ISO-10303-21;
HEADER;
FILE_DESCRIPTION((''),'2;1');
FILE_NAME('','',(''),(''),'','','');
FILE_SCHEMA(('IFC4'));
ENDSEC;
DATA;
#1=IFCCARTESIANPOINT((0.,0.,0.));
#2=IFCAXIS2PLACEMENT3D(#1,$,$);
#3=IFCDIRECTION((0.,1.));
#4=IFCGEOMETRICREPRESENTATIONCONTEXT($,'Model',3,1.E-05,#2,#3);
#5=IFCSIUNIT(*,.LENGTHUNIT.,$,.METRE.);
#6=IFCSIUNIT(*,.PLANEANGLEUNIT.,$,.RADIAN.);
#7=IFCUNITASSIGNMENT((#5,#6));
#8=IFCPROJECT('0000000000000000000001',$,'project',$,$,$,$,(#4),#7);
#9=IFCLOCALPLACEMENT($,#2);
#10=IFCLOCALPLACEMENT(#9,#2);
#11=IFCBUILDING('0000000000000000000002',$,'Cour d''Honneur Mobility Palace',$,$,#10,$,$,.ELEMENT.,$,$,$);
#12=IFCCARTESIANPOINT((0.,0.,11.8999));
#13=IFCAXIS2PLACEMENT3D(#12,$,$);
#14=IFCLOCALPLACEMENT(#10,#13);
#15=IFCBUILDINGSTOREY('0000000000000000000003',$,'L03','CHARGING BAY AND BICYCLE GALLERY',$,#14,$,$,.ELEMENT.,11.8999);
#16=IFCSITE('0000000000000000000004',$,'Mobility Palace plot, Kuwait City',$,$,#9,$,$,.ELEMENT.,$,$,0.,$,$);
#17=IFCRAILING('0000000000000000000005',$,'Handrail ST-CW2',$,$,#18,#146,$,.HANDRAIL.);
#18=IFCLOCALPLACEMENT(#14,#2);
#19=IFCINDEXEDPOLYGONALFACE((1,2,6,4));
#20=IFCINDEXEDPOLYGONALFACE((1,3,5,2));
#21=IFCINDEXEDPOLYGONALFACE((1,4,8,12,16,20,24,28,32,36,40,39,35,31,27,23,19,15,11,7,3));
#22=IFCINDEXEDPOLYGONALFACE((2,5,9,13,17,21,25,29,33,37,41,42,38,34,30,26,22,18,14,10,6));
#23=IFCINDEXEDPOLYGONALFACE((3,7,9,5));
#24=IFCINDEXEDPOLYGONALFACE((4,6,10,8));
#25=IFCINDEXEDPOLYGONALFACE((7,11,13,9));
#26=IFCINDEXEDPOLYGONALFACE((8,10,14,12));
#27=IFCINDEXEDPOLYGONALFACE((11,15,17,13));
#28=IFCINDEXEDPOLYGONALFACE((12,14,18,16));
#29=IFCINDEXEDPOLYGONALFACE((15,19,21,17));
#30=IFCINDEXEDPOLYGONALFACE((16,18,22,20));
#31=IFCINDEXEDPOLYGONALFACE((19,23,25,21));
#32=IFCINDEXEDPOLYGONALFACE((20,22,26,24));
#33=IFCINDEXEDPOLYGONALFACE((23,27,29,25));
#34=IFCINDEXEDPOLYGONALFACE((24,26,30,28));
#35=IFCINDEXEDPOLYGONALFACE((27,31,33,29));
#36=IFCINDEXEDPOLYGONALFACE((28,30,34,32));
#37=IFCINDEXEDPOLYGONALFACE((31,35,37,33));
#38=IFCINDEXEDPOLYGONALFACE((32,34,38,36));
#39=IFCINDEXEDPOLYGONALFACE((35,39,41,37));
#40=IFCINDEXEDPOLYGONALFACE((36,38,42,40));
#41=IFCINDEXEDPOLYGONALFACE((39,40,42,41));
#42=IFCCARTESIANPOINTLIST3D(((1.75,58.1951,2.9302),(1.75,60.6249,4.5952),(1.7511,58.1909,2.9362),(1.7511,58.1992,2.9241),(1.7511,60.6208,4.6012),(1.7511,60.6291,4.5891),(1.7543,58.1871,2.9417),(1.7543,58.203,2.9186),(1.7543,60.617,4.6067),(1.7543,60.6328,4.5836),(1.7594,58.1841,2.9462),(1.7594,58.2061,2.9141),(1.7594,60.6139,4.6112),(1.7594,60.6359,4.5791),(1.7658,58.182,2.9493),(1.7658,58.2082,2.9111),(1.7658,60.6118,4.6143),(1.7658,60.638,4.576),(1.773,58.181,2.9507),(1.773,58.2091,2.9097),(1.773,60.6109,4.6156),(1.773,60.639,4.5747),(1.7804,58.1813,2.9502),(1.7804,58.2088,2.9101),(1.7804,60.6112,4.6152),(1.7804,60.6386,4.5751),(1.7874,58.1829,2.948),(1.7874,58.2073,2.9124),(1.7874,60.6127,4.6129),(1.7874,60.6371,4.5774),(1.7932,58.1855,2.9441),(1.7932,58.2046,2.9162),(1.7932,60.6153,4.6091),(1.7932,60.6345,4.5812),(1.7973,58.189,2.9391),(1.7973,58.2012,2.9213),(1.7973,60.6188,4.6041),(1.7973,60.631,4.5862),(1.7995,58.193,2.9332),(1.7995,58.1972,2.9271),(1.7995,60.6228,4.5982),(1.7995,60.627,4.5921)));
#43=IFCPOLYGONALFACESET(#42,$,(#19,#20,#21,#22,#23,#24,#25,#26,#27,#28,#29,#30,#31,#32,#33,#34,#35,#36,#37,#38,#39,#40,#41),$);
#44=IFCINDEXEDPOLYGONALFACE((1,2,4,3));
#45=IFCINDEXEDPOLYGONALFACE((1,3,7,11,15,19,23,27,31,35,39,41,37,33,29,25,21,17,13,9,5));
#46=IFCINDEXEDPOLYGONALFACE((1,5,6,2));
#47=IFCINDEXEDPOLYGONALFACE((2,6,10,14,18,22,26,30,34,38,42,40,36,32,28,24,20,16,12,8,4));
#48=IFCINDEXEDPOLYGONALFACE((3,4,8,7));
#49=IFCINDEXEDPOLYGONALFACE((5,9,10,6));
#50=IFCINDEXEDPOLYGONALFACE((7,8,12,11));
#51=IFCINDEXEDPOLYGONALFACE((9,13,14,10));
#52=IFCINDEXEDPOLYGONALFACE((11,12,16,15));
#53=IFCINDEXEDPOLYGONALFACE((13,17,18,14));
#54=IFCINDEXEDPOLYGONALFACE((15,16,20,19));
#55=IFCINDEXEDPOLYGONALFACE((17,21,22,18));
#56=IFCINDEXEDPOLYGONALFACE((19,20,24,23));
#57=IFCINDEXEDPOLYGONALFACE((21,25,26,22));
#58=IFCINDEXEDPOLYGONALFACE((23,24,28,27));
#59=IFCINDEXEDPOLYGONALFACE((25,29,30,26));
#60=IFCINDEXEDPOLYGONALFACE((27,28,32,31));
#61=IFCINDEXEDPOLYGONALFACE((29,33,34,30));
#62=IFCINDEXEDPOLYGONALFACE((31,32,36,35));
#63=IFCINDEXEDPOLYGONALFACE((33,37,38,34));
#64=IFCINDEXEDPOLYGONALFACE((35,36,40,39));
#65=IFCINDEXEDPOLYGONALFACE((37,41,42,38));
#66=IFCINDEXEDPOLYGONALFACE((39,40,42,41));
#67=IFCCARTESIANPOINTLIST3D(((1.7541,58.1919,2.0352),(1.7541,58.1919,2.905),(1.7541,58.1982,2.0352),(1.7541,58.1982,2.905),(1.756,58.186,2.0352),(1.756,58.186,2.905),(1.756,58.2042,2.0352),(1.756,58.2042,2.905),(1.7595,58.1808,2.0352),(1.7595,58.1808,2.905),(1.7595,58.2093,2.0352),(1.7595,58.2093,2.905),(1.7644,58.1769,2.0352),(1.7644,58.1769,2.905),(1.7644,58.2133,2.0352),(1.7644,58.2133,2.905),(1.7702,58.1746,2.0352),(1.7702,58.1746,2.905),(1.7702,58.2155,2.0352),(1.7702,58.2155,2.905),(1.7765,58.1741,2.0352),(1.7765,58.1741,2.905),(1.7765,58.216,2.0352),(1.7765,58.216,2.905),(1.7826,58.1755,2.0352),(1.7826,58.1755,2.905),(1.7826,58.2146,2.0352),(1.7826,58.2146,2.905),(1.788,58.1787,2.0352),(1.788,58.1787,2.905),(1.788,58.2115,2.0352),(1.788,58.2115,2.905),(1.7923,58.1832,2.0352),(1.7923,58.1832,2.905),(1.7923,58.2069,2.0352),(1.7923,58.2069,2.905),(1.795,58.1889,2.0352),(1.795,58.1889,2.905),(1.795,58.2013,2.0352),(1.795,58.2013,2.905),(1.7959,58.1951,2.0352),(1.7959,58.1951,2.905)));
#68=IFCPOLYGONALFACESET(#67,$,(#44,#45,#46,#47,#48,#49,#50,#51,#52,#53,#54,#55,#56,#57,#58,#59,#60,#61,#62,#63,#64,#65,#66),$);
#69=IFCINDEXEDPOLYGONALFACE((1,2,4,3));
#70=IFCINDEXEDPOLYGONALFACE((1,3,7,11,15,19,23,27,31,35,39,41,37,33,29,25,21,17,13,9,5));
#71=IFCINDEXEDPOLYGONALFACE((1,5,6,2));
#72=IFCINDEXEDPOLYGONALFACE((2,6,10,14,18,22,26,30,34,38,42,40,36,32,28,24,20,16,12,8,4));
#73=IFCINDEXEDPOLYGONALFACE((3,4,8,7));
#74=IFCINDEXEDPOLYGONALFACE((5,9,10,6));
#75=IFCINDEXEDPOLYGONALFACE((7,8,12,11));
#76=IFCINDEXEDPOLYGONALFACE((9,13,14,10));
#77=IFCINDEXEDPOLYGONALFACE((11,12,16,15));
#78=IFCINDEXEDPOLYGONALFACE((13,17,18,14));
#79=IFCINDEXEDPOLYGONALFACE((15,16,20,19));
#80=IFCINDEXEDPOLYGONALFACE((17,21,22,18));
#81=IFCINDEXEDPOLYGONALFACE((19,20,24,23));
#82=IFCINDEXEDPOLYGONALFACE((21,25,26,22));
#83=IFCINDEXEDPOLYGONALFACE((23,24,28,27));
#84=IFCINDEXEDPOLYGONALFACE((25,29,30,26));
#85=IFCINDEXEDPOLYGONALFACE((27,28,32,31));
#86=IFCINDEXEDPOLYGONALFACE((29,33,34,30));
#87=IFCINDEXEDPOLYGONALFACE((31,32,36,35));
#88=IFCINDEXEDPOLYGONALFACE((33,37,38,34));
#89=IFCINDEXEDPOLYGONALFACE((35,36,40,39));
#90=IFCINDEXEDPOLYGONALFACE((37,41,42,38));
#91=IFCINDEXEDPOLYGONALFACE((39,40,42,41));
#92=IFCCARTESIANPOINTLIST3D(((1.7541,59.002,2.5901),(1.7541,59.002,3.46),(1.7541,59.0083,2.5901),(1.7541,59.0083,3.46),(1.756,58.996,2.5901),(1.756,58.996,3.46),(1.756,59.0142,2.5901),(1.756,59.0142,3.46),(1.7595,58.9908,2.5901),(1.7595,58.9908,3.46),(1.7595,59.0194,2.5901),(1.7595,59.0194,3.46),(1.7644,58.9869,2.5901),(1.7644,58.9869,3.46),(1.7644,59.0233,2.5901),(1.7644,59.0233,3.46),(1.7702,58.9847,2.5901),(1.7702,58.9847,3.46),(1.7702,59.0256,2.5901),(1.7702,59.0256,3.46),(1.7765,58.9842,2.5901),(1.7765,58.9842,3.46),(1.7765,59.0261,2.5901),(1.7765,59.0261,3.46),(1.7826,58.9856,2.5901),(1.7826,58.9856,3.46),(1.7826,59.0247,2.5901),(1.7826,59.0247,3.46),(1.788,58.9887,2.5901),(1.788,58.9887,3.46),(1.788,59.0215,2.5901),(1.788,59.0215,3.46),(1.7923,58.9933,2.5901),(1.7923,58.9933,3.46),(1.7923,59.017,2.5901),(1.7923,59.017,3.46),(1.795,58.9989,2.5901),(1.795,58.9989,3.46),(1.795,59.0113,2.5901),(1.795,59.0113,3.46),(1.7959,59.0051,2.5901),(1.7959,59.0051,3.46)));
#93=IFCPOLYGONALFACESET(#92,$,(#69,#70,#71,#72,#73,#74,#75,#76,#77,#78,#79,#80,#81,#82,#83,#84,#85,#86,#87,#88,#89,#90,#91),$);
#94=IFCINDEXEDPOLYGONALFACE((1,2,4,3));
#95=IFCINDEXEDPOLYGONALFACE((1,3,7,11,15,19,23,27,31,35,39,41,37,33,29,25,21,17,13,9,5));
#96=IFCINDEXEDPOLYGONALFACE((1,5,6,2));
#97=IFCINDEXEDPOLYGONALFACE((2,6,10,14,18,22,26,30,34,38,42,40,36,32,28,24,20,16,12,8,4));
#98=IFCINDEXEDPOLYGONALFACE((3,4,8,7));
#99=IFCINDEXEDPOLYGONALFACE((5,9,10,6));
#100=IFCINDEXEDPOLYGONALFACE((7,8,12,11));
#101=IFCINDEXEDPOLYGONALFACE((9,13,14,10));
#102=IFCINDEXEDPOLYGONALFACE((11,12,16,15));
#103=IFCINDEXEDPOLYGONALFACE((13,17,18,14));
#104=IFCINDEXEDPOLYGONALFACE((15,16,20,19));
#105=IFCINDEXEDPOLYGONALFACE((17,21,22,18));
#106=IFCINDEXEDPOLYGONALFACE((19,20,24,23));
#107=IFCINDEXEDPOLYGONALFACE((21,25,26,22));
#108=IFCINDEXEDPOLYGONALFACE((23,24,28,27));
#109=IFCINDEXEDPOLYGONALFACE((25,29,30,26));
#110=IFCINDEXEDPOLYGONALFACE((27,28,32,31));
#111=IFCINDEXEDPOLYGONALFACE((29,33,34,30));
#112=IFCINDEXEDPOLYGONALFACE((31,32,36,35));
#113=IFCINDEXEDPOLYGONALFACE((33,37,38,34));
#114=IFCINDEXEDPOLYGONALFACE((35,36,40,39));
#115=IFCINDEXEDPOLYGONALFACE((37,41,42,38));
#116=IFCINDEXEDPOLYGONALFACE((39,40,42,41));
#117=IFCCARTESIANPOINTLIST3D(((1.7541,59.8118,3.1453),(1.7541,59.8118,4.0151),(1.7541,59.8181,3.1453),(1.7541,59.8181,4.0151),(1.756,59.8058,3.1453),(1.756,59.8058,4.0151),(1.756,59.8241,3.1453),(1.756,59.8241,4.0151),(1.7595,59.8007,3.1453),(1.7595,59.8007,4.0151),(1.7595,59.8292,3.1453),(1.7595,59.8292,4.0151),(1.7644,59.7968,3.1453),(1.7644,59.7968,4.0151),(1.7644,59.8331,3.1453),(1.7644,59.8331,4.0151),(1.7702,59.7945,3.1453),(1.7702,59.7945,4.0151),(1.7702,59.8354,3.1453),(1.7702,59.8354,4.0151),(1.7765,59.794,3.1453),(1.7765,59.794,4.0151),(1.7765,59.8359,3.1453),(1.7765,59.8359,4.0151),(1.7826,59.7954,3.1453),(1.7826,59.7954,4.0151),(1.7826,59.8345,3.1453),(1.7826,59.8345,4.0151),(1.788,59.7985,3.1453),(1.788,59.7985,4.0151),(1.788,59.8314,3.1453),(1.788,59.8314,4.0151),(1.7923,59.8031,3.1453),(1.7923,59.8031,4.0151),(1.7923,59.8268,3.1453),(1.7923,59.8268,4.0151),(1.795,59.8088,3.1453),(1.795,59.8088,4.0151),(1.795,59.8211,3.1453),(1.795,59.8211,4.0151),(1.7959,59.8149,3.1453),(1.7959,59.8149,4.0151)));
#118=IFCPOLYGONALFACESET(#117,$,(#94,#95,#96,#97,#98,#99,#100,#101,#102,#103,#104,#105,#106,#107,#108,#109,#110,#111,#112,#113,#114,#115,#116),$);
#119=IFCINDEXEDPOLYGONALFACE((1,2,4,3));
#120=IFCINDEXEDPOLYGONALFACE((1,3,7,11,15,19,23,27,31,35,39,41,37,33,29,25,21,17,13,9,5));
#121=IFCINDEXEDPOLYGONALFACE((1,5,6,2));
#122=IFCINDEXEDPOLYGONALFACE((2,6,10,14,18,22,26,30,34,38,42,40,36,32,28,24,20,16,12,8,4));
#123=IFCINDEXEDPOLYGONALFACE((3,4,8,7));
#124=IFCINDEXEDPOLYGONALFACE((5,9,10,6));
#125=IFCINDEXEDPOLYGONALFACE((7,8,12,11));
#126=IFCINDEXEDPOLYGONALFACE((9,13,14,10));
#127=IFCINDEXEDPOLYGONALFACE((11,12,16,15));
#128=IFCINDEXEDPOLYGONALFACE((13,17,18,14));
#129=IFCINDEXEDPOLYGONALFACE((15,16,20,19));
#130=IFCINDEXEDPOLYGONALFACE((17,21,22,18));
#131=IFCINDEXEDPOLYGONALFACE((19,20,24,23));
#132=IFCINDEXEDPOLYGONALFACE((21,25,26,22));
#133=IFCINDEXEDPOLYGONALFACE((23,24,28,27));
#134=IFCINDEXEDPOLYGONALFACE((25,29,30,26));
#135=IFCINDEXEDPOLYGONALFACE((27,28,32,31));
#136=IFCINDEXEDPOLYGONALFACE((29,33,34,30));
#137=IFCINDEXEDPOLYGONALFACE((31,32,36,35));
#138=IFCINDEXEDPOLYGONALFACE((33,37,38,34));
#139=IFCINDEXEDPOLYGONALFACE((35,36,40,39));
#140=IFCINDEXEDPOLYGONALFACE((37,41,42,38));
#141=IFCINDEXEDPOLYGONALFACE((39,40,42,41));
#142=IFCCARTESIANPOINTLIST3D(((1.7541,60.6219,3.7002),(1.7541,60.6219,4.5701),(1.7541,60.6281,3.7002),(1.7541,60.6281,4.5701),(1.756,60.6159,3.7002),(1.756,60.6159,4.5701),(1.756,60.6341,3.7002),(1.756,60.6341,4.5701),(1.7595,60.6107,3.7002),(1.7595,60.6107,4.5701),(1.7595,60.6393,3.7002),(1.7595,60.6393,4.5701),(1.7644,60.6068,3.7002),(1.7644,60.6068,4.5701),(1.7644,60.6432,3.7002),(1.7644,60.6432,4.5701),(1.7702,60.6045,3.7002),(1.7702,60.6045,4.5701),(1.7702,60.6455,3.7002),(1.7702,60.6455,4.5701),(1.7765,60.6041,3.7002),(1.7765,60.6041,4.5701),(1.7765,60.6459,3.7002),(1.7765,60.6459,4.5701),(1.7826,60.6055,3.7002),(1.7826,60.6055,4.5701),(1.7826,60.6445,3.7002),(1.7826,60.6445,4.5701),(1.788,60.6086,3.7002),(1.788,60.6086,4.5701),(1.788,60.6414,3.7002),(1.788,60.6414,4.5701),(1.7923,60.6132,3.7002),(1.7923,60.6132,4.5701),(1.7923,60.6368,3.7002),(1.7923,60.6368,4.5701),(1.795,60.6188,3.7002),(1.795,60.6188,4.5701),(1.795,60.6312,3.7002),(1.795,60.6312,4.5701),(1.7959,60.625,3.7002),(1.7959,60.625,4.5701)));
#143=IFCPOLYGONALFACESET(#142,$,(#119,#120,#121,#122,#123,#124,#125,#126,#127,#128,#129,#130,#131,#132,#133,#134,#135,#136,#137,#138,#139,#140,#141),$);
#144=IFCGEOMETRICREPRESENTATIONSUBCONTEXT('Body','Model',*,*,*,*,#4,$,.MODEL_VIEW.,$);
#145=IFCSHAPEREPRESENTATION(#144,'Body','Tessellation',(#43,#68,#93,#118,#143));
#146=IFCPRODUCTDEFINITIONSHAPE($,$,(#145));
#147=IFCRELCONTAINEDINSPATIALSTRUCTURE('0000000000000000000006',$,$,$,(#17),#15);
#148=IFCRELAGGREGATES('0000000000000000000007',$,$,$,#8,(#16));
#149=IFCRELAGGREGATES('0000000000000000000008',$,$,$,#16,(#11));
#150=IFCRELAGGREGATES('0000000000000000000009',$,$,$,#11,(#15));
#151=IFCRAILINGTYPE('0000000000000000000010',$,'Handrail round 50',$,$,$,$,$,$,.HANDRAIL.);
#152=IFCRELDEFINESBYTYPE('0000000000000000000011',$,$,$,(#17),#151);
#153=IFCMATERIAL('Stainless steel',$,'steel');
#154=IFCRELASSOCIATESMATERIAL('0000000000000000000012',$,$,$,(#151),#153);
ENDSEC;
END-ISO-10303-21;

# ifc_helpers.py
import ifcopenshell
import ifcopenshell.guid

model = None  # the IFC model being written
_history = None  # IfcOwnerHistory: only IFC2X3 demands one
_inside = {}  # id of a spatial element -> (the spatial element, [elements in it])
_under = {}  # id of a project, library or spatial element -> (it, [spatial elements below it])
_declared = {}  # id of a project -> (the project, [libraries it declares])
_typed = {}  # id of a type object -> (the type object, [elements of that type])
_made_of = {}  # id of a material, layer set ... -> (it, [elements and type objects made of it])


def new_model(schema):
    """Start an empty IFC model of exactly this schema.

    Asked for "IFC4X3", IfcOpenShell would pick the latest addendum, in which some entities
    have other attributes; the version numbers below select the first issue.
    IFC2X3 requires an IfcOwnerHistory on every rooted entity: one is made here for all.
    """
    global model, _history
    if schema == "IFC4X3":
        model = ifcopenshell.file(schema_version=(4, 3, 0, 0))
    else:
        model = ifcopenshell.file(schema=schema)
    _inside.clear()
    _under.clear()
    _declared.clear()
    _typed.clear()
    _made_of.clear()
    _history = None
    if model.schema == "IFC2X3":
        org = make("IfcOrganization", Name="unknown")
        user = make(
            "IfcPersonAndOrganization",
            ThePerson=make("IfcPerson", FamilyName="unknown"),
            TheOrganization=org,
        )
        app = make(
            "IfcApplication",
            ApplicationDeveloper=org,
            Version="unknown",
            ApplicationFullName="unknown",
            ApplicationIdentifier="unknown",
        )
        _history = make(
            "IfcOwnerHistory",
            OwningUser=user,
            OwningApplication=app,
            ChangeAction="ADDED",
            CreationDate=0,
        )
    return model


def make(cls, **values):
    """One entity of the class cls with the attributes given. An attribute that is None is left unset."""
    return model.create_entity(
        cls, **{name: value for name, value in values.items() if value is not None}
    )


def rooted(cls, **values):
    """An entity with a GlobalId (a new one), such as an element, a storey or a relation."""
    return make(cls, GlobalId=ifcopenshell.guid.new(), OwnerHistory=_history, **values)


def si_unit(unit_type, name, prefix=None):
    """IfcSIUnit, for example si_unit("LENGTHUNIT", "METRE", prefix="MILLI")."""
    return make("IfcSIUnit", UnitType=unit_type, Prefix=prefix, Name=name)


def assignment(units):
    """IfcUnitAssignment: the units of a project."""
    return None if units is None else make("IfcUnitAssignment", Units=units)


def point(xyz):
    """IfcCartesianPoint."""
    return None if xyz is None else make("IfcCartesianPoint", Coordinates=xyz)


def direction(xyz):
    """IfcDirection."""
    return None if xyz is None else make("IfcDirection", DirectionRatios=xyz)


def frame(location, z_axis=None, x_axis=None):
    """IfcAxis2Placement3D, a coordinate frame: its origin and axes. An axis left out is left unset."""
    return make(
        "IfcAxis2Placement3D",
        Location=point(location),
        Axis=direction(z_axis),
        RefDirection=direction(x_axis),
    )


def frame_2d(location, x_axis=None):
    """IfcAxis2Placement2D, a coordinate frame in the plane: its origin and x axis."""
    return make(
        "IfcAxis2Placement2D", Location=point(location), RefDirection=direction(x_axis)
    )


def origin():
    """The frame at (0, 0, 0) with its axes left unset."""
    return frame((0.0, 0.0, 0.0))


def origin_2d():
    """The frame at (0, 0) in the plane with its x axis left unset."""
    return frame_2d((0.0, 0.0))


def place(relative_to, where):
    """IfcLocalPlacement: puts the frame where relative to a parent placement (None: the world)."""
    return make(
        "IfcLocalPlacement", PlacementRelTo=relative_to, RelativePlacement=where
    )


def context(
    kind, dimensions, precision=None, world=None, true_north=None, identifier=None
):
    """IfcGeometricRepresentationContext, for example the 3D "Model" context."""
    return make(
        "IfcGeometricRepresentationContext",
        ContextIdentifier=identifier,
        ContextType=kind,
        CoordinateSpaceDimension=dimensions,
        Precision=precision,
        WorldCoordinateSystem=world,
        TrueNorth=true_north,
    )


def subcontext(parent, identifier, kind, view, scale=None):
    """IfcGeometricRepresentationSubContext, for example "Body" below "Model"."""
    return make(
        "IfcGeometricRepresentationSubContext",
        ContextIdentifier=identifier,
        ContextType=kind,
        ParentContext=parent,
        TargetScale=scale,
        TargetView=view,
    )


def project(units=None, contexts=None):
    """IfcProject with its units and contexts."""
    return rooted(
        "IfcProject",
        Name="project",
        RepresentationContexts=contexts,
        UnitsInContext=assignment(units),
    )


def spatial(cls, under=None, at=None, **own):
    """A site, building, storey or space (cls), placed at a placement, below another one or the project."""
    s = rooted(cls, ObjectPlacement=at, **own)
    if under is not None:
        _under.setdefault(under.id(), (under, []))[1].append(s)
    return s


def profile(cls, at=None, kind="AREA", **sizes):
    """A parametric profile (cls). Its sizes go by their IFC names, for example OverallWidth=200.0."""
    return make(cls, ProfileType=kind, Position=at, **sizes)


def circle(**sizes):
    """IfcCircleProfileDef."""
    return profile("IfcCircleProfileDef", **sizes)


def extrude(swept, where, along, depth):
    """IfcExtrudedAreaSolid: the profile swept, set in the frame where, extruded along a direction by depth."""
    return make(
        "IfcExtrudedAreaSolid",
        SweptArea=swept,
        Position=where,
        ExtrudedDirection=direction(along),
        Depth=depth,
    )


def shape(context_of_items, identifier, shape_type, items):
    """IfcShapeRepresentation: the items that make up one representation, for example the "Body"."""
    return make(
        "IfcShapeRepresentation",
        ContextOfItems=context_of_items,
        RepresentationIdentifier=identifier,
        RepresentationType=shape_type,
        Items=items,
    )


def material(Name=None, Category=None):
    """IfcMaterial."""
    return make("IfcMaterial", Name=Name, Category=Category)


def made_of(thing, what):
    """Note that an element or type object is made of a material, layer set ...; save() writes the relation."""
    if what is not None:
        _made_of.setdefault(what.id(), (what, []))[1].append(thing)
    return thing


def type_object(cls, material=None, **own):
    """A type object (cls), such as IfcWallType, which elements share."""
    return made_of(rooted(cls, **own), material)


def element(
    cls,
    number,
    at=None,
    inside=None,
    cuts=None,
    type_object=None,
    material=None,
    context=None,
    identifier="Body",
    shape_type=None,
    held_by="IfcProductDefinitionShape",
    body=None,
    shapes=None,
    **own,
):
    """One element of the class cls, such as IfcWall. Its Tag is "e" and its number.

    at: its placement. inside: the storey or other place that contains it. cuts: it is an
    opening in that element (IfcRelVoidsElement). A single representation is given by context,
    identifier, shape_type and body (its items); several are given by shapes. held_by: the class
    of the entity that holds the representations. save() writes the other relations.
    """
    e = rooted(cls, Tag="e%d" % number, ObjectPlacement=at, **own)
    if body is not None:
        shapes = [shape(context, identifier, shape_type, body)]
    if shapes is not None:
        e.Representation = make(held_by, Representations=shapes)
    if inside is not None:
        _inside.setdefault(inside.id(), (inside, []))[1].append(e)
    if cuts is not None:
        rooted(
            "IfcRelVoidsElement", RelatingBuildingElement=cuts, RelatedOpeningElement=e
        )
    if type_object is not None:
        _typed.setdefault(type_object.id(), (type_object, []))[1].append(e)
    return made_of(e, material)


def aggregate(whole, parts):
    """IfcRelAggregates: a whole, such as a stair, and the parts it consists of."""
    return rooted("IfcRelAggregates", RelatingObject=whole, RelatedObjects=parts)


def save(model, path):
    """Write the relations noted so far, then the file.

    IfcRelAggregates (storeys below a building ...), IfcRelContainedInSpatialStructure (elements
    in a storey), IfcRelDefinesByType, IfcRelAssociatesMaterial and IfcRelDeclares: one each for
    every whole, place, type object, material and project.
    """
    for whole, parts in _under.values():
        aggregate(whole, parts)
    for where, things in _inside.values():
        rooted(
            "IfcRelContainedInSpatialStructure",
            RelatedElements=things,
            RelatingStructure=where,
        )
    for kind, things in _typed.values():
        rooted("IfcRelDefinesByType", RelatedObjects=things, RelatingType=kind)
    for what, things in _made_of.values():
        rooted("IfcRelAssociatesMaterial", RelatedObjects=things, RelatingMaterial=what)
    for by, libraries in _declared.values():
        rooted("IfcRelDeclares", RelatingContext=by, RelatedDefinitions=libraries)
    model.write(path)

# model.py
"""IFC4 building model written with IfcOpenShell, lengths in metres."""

from ifc_helpers import new_model, si_unit, direction, frame, origin, origin_2d, place, context, subcontext, project, spatial, circle, extrude, material, type_object, element, save


model = new_model("IFC4")

# Units and contexts
model_context = context("Model", 3, precision=1e-05, world=origin(), true_north=direction((0.0, 1.0)))
body_context = subcontext(model_context, "Body", "Model", "MODEL_VIEW")
ifc_project = project(units=[si_unit("LENGTHUNIT", "METRE"), si_unit("PLANEANGLEUNIT", "RADIAN")], contexts=[model_context])

# Site, building, storey
site_placement = place(None, origin())
site = spatial("IfcSite", under=ifc_project, at=site_placement, Name="Mobility Palace plot, Kuwait City", CompositionType="ELEMENT", RefElevation=0.0)
building_placement = place(site_placement, origin())
building = spatial("IfcBuilding", under=site, at=building_placement, Name="Cour d'Honneur Mobility Palace", CompositionType="ELEMENT")
storey_placement = place(building_placement, frame((0.0, 0.0, 11.8999)))
storey = spatial("IfcBuildingStorey", under=building, at=storey_placement, Name="L03", Description="CHARGING BAY AND BICYCLE GALLERY", CompositionType="ELEMENT", Elevation=11.8999)

# Railing
ifc_material_1 = material(Name="Stainless steel", Category="steel")
railing_type_1 = type_object("IfcRailingType", Name="Handrail round 50", PredefinedType="HANDRAIL", material=ifc_material_1)
for number, where, name in (
    (1, (1.7749, 58.1951, 2.0352), "Handrail ST-CW2"),
):
    element("IfcRailing", number, at=place(storey_placement, frame(where)), inside=storey, type_object=railing_type_1, Name=name, PredefinedType="HANDRAIL", context=body_context, shape_type="SweptSolid", body=[
        extrude(circle(Radius=0.0249, at=origin_2d()), frame((0.0, 0.0, 0.895), z_axis=(0.0, 0.824919, 0.565251), x_axis=(-1.0, 0.0, 0.0)), (0.0, 0.0, 1.0), 2.9456),
        extrude(circle(Radius=0.021, at=origin_2d()), origin(), (0.0, 0.0, 1.0), 0.8699),
        extrude(circle(Radius=0.021, at=origin_2d()), frame((0.0, 0.8101, 0.5549)), (0.0, 0.0, 1.0), 0.8699),
        extrude(circle(Radius=0.021, at=origin_2d()), frame((0.0, 1.6199, 1.1101)), (0.0, 0.0, 1.0), 0.8699),
        extrude(circle(Radius=0.021, at=origin_2d()), frame((0.0, 2.4299, 1.665)), (0.0, 0.0, 1.0), 0.8699),
    ])

save(model, "model.ifc")
